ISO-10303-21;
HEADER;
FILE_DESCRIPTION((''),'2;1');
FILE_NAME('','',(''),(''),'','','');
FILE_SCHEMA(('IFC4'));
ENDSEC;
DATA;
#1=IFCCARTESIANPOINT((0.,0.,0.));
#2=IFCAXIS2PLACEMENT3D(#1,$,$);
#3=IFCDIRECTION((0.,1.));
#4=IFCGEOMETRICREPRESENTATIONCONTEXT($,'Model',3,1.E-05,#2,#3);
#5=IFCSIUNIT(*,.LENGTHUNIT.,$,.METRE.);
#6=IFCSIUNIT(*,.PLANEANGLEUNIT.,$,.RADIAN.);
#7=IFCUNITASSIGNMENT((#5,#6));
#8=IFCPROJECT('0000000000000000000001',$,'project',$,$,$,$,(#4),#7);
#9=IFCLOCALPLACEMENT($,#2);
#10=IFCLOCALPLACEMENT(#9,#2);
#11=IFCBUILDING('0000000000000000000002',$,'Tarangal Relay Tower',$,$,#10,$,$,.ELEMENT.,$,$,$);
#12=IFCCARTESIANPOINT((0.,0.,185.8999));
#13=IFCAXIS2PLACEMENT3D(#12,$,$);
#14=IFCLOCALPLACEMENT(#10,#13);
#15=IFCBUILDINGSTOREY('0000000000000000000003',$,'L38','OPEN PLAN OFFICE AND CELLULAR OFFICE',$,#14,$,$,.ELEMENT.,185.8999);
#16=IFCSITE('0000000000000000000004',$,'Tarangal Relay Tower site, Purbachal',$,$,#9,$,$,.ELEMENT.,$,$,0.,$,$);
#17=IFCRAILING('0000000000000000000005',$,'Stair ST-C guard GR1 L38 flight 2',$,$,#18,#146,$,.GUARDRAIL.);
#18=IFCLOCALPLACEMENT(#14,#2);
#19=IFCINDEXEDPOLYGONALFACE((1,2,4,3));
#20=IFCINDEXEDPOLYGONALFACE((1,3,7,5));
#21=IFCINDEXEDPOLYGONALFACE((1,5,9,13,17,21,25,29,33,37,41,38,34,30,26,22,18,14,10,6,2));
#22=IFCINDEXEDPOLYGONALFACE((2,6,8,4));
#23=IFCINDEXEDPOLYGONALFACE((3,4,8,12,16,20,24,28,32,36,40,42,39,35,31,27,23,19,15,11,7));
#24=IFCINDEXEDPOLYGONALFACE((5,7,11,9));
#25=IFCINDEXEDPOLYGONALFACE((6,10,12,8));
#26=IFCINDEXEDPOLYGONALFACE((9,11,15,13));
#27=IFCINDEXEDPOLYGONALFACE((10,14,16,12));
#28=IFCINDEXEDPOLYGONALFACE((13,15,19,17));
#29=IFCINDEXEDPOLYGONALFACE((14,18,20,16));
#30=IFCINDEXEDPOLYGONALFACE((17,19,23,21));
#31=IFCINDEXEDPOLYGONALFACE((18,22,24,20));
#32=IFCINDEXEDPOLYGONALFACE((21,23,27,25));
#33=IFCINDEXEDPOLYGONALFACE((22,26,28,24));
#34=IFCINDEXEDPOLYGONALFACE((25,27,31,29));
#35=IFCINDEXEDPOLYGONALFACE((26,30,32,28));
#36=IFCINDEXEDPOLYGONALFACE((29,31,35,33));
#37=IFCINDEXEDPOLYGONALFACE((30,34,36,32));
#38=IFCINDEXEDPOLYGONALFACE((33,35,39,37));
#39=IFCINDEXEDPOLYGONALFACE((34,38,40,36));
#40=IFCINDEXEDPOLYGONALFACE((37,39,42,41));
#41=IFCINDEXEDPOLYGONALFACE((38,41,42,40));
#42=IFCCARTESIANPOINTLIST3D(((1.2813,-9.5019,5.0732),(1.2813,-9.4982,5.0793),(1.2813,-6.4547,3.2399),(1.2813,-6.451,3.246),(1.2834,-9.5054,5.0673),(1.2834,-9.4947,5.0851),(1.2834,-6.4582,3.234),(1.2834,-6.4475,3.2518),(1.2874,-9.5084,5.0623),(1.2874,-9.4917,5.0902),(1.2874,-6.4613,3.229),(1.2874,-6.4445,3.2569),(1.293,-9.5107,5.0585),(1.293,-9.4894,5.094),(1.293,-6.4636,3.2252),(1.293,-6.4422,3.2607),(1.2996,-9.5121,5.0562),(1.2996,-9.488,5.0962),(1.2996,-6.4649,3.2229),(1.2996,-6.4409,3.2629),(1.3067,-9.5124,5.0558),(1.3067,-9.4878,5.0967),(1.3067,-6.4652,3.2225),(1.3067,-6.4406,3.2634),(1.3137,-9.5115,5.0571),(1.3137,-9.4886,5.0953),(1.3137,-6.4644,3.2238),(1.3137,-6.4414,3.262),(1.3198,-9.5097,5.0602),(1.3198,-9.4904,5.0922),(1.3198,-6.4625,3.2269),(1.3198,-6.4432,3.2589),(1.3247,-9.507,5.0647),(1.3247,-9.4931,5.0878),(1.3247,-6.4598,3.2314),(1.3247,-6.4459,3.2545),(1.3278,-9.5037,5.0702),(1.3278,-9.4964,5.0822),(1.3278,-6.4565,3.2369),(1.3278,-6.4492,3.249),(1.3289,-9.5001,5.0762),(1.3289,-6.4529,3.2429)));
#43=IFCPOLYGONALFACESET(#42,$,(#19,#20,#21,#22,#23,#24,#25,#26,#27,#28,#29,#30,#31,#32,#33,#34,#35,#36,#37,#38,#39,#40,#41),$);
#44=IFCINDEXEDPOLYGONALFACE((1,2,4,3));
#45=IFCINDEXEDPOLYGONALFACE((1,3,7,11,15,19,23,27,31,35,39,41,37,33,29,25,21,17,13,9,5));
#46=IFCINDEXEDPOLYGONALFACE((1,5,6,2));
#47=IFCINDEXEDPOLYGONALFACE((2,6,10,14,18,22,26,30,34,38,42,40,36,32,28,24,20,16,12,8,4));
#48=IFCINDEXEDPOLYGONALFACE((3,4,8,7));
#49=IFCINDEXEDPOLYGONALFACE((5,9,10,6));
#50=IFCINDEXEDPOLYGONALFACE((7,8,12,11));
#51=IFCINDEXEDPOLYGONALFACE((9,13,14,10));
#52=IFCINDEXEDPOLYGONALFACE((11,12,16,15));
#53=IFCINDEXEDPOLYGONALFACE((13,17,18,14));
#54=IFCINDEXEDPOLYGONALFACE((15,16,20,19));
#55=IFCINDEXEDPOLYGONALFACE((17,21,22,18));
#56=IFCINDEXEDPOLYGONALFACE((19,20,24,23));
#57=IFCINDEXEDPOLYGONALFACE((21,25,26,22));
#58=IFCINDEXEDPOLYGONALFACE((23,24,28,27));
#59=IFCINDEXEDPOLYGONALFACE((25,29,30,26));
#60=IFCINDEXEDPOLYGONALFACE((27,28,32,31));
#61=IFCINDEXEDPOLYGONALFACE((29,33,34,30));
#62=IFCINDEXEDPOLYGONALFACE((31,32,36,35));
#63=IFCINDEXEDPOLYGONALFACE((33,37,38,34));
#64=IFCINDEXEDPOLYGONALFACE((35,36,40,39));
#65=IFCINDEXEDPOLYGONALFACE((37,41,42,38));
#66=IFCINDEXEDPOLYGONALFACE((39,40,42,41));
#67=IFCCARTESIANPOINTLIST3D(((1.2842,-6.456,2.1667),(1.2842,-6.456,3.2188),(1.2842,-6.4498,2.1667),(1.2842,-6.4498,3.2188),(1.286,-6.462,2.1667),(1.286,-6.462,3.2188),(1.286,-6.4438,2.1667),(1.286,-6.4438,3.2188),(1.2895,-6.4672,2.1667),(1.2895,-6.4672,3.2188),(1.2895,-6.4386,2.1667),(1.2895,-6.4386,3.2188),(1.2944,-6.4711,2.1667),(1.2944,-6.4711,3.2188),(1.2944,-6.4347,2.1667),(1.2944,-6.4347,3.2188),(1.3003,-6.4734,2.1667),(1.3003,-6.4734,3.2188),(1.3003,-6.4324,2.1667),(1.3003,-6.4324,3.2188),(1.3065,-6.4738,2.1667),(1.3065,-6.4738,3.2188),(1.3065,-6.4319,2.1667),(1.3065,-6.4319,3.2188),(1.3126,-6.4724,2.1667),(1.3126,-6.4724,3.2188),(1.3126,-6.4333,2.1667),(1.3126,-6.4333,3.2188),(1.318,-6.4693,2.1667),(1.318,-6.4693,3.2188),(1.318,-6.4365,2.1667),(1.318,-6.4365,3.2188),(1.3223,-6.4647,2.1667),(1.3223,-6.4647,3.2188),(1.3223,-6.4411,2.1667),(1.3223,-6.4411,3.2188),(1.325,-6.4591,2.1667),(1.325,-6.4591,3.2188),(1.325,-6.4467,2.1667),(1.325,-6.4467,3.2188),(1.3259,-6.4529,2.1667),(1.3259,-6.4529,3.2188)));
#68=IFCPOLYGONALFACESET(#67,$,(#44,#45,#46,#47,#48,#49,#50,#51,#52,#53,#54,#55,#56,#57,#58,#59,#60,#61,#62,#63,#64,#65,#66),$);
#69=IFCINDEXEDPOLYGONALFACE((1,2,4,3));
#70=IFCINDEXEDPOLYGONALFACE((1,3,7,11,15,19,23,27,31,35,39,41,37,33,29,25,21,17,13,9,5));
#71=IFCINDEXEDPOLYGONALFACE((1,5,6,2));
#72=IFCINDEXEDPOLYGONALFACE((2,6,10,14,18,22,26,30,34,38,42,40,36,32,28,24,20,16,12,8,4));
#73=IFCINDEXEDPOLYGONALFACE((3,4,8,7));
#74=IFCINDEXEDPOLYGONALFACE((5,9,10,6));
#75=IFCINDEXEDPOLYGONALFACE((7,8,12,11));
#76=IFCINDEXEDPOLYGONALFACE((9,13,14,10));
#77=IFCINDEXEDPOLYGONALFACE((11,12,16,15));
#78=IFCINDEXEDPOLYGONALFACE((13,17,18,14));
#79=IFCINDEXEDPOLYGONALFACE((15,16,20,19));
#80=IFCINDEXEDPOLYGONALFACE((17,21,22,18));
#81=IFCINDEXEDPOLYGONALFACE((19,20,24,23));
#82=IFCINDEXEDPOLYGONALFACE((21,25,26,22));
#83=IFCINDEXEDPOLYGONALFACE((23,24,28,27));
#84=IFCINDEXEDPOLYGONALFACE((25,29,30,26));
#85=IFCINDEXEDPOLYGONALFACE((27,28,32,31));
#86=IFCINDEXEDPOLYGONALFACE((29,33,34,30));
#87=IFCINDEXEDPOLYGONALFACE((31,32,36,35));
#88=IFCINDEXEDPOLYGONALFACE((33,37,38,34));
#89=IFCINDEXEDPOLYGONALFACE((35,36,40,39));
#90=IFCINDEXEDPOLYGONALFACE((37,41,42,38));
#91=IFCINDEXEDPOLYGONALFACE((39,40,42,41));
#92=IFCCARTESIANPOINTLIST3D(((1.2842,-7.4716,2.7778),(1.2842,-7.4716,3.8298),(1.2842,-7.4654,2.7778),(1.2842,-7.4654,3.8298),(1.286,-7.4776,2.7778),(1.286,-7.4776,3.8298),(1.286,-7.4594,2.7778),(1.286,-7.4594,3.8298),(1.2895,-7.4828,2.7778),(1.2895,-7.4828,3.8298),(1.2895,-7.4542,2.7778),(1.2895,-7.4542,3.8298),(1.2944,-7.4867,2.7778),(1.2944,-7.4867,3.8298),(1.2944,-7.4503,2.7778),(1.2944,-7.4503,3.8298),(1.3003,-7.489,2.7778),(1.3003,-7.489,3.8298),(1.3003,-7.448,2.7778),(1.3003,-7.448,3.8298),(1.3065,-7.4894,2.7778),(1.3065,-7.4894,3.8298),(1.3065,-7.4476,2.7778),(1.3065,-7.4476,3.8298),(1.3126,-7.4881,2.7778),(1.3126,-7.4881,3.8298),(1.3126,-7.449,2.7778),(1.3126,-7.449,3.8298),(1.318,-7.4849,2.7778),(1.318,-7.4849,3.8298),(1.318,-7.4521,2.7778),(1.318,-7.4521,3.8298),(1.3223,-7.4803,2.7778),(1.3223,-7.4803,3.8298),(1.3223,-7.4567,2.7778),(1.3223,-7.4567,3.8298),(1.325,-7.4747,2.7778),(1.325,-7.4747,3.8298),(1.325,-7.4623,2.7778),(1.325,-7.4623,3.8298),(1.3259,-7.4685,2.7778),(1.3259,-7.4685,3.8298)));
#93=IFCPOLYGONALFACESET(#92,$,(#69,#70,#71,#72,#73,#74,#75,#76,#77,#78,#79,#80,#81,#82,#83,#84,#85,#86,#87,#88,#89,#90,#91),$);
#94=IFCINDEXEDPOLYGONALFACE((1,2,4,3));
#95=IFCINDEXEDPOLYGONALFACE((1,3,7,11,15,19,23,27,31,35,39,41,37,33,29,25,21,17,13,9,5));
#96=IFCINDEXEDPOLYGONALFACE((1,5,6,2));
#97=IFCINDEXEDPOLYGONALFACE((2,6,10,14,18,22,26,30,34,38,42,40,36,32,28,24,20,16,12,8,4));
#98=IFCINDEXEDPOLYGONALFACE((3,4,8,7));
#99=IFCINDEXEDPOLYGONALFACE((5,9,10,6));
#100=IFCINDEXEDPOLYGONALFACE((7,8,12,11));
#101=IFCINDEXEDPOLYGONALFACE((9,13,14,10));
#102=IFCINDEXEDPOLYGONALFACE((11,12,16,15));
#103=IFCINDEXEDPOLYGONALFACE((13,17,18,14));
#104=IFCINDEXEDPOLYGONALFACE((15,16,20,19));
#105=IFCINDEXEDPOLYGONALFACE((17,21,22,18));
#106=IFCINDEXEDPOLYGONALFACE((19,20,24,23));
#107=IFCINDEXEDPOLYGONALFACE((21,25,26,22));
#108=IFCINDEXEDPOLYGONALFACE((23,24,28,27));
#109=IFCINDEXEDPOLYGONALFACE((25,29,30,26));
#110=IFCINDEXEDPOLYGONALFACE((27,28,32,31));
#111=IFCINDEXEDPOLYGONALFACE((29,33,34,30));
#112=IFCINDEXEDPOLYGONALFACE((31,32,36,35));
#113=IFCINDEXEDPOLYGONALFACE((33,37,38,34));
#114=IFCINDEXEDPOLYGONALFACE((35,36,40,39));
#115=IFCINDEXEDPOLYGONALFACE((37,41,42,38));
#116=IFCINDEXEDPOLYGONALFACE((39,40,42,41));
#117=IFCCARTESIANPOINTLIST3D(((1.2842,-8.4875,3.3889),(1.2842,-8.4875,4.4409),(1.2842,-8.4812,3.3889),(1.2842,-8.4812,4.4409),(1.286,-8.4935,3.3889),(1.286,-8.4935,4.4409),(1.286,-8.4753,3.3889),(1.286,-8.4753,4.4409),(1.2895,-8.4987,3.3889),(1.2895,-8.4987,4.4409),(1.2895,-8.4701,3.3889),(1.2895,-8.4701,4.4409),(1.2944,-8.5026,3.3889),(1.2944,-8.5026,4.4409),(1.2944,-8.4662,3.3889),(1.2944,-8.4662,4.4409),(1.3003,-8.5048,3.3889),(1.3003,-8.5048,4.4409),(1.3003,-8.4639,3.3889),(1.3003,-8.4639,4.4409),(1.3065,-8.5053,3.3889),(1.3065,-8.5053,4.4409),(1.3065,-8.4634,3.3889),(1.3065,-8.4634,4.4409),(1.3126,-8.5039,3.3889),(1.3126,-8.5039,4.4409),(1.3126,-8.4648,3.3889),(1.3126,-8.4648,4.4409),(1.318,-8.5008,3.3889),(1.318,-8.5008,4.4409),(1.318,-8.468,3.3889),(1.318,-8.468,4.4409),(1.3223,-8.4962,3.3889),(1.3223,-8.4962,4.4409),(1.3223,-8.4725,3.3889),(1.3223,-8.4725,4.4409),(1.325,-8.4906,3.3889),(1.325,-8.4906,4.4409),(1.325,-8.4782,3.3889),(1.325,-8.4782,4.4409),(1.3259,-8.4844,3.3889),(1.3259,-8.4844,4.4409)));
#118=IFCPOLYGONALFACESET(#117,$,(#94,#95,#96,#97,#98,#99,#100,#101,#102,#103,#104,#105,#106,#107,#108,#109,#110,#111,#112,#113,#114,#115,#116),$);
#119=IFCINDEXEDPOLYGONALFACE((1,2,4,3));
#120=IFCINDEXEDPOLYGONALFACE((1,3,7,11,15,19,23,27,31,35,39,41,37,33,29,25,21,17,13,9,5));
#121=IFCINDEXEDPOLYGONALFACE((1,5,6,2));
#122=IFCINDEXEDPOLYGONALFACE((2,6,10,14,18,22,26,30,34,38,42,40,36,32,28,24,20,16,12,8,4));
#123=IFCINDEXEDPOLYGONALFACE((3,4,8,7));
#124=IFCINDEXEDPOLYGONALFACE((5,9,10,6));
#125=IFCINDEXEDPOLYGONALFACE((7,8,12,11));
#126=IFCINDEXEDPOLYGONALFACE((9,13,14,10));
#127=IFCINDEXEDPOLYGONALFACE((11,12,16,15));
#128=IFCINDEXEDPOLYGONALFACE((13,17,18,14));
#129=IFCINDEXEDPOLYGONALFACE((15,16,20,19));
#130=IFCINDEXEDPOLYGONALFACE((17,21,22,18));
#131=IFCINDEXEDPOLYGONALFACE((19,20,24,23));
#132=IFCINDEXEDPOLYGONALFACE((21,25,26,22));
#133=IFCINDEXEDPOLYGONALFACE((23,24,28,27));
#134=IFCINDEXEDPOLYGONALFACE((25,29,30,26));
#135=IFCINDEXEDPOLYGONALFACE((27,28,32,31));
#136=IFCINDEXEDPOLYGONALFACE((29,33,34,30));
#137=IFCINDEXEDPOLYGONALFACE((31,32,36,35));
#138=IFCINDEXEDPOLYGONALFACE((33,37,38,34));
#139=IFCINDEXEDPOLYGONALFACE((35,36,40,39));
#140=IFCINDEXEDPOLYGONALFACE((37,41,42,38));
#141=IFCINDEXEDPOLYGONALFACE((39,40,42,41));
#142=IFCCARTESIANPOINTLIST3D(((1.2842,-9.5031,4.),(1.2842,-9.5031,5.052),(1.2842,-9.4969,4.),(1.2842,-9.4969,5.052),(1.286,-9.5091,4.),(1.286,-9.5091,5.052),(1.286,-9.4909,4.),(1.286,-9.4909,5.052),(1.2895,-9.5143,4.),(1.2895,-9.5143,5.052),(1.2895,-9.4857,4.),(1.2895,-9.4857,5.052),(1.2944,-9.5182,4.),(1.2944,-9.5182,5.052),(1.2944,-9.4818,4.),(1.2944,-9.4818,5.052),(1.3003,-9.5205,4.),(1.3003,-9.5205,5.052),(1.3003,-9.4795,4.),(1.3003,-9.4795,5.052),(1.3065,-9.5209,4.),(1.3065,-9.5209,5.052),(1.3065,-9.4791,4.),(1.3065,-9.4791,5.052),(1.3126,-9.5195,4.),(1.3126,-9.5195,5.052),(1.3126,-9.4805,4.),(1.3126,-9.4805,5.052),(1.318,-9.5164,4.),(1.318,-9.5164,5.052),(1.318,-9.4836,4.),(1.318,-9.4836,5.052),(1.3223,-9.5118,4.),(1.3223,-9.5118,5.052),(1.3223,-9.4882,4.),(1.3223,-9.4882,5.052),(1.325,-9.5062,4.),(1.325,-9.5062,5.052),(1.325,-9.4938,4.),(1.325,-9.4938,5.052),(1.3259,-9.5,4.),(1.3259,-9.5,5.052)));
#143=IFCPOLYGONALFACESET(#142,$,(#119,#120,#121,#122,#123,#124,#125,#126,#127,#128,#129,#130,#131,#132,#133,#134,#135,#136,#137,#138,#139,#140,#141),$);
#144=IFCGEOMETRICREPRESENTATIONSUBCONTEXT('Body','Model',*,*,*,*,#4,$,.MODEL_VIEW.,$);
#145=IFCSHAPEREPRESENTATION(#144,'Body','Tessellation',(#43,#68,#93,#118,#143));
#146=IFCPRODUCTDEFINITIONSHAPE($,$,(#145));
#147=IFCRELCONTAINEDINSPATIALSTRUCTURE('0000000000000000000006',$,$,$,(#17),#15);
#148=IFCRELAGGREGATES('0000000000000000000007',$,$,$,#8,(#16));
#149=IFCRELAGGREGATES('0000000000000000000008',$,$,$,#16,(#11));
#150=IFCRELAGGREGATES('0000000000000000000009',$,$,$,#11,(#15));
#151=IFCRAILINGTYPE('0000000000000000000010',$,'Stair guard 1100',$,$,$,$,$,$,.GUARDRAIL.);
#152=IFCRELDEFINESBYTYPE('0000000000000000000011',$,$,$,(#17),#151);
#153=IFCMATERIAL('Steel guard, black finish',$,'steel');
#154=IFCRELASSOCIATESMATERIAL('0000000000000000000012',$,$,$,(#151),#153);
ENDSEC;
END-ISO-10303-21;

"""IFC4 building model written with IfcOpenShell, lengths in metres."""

from ifc_helpers import new_model, si_unit, direction, frame, origin, origin_2d, place, context, subcontext, project, spatial, circle, extrude, material, type_object, element, save


model = new_model("IFC4")

# Units and contexts
model_context = context("Model", 3, precision=1e-05, world=origin(), true_north=direction((0.0, 1.0)))
body_context = subcontext(model_context, "Body", "Model", "MODEL_VIEW")
ifc_project = project(units=[si_unit("LENGTHUNIT", "METRE"), si_unit("PLANEANGLEUNIT", "RADIAN")], contexts=[model_context])

# Site, building, storey
site_placement = place(None, origin())
site = spatial("IfcSite", under=ifc_project, at=site_placement, Name="Tarangal Relay Tower site, Purbachal", CompositionType="ELEMENT", RefElevation=0.0)
building_placement = place(site_placement, origin())
building = spatial("IfcBuilding", under=site, at=building_placement, Name="Tarangal Relay Tower", CompositionType="ELEMENT")
storey_placement = place(building_placement, frame((0.0, 0.0, 185.8999)))
storey = spatial("IfcBuildingStorey", under=building, at=storey_placement, Name="L38", Description="OPEN PLAN OFFICE AND CELLULAR OFFICE", CompositionType="ELEMENT", Elevation=185.8999)

# Railing
ifc_material_1 = material(Name="Steel guard, black finish", Category="steel")
railing_type_1 = type_object("IfcRailingType", Name="Stair guard 1100", PredefinedType="GUARDRAIL", material=ifc_material_1)
railing_1_placement = place(storey_placement, frame((1.3049, -6.4529, 2.1667)))
element("IfcRailing", 1, at=railing_1_placement, inside=storey, type_object=railing_type_1, Name="Stair ST-C guard GR1 L38 flight 2", PredefinedType="GUARDRAIL", context=body_context, shape_type="SweptSolid", body=[
    extrude(circle(Radius=0.0239, at=origin_2d()), frame((0.0, 0.0, 1.0762), z_axis=(0.0, -0.856874, 0.515525), x_axis=(1.0, 0.0, 0.0)), (0.0, 0.0, 1.0), 3.5562),
    extrude(circle(Radius=0.021, at=origin_2d()), origin(), (0.0, 0.0, 1.0), 1.052),
    extrude(circle(Radius=0.021, at=origin_2d()), frame((0.0, -1.0156, 0.6111)), (0.0, 0.0, 1.0), 1.052),
    extrude(circle(Radius=0.021, at=origin_2d()), frame((0.0, -2.0315, 1.2222)), (0.0, 0.0, 1.0), 1.052),
    extrude(circle(Radius=0.021, at=origin_2d()), frame((0.0, -3.0471, 1.8333)), (0.0, 0.0, 1.0), 1.052),
])

save(model, "model.ifc")
